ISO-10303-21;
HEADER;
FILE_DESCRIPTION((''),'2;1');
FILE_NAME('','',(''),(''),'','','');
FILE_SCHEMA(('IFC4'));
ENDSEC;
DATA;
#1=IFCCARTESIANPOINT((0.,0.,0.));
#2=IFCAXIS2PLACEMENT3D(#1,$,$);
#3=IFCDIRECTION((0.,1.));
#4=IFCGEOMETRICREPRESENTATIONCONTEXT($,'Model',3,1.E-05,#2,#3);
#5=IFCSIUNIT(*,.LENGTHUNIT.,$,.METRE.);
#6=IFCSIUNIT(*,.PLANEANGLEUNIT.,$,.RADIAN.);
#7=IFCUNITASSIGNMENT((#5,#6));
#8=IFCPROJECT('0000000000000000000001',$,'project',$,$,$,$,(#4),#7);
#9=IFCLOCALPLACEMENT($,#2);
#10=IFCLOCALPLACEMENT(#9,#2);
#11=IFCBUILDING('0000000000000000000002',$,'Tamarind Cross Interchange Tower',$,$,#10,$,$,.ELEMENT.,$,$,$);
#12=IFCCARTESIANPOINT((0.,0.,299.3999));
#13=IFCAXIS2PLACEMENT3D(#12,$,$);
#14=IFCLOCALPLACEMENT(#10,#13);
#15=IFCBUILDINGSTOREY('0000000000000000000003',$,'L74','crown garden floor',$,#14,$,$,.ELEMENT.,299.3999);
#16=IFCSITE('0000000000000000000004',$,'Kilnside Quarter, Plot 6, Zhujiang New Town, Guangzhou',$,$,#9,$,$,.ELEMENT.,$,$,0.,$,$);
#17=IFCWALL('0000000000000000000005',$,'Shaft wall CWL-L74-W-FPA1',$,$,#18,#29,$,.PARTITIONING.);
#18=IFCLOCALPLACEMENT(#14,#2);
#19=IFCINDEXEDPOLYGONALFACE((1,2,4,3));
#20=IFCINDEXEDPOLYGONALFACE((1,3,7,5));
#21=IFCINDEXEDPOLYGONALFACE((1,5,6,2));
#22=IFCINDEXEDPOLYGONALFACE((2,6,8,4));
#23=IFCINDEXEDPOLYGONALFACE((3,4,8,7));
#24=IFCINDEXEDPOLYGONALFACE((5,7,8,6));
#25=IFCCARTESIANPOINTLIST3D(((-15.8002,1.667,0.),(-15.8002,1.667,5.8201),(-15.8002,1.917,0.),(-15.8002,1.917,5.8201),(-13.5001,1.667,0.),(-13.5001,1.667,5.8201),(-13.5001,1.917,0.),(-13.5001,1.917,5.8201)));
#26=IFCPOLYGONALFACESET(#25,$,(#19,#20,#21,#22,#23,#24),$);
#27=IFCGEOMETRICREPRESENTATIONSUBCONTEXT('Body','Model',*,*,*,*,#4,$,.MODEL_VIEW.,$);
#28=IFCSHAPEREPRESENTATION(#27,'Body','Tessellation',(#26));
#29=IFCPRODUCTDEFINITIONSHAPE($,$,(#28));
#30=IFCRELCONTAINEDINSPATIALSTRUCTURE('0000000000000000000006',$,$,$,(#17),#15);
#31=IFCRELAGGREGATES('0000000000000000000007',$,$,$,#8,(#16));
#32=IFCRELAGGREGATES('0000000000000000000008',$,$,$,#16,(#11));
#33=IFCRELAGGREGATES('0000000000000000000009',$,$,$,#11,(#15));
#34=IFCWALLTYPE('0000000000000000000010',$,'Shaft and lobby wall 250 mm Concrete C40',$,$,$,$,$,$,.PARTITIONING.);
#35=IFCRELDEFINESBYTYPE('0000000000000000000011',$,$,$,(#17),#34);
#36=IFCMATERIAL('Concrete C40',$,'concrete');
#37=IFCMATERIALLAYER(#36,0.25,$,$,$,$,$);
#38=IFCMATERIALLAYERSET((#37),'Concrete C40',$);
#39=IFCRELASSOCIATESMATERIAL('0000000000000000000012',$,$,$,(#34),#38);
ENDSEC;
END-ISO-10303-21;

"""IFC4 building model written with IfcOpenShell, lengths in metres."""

from ifc_helpers import new_model, si_unit, direction, frame, frame_2d, origin, place, context, subcontext, project, spatial, rectangle, extrude, material, layer, layer_set, type_object, element, save


model = new_model("IFC4")

# Units and contexts
model_context = context("Model", 3, precision=1e-05, world=origin(), true_north=direction((0.0, 1.0)))
body_context = subcontext(model_context, "Body", "Model", "MODEL_VIEW")
ifc_project = project(units=[si_unit("LENGTHUNIT", "METRE"), si_unit("PLANEANGLEUNIT", "RADIAN")], contexts=[model_context])

# Site, building, storey
site_placement = place(None, origin())
site = spatial("IfcSite", under=ifc_project, at=site_placement, Name="Kilnside Quarter, Plot 6, Zhujiang New Town, Guangzhou", CompositionType="ELEMENT", RefElevation=0.0)
building_placement = place(site_placement, origin())
building = spatial("IfcBuilding", under=site, at=building_placement, Name="Tamarind Cross Interchange Tower", CompositionType="ELEMENT")
storey_placement = place(building_placement, frame((0.0, 0.0, 299.3999)))
storey = spatial("IfcBuildingStorey", under=building, at=storey_placement, Name="L74", Description="crown garden floor", CompositionType="ELEMENT", Elevation=299.3999)

# Wall
ifc_material_1 = material(Name="Concrete C40", Category="concrete")
ifc_layer_1 = layer(ifc_material_1, 0.25)
ifc_layer_set_1 = layer_set([ifc_layer_1], Name="Concrete C40")
wall_type_1 = type_object("IfcWallType", Name="Shaft and lobby wall 250 mm Concrete C40", PredefinedType="PARTITIONING", material=ifc_layer_set_1)
wall_1_placement = place(storey_placement, frame((-15.8, 1.792, 0.0), z_axis=(0.0, 0.0, 1.0), x_axis=(1.0, 0.0, 0.0)))
element("IfcWall", 1, at=wall_1_placement, inside=storey, type_object=wall_type_1, Name="Shaft wall CWL-L74-W-FPA1", PredefinedType="PARTITIONING", context=body_context, shape_type="SweptSolid", body=[
    extrude(rectangle(XDim=2.3, YDim=0.25, at=frame_2d((1.1499, 0.0))), origin(), (0.0, 0.0, 1.0), 5.8201),
])

save(model, "model.ifc")
